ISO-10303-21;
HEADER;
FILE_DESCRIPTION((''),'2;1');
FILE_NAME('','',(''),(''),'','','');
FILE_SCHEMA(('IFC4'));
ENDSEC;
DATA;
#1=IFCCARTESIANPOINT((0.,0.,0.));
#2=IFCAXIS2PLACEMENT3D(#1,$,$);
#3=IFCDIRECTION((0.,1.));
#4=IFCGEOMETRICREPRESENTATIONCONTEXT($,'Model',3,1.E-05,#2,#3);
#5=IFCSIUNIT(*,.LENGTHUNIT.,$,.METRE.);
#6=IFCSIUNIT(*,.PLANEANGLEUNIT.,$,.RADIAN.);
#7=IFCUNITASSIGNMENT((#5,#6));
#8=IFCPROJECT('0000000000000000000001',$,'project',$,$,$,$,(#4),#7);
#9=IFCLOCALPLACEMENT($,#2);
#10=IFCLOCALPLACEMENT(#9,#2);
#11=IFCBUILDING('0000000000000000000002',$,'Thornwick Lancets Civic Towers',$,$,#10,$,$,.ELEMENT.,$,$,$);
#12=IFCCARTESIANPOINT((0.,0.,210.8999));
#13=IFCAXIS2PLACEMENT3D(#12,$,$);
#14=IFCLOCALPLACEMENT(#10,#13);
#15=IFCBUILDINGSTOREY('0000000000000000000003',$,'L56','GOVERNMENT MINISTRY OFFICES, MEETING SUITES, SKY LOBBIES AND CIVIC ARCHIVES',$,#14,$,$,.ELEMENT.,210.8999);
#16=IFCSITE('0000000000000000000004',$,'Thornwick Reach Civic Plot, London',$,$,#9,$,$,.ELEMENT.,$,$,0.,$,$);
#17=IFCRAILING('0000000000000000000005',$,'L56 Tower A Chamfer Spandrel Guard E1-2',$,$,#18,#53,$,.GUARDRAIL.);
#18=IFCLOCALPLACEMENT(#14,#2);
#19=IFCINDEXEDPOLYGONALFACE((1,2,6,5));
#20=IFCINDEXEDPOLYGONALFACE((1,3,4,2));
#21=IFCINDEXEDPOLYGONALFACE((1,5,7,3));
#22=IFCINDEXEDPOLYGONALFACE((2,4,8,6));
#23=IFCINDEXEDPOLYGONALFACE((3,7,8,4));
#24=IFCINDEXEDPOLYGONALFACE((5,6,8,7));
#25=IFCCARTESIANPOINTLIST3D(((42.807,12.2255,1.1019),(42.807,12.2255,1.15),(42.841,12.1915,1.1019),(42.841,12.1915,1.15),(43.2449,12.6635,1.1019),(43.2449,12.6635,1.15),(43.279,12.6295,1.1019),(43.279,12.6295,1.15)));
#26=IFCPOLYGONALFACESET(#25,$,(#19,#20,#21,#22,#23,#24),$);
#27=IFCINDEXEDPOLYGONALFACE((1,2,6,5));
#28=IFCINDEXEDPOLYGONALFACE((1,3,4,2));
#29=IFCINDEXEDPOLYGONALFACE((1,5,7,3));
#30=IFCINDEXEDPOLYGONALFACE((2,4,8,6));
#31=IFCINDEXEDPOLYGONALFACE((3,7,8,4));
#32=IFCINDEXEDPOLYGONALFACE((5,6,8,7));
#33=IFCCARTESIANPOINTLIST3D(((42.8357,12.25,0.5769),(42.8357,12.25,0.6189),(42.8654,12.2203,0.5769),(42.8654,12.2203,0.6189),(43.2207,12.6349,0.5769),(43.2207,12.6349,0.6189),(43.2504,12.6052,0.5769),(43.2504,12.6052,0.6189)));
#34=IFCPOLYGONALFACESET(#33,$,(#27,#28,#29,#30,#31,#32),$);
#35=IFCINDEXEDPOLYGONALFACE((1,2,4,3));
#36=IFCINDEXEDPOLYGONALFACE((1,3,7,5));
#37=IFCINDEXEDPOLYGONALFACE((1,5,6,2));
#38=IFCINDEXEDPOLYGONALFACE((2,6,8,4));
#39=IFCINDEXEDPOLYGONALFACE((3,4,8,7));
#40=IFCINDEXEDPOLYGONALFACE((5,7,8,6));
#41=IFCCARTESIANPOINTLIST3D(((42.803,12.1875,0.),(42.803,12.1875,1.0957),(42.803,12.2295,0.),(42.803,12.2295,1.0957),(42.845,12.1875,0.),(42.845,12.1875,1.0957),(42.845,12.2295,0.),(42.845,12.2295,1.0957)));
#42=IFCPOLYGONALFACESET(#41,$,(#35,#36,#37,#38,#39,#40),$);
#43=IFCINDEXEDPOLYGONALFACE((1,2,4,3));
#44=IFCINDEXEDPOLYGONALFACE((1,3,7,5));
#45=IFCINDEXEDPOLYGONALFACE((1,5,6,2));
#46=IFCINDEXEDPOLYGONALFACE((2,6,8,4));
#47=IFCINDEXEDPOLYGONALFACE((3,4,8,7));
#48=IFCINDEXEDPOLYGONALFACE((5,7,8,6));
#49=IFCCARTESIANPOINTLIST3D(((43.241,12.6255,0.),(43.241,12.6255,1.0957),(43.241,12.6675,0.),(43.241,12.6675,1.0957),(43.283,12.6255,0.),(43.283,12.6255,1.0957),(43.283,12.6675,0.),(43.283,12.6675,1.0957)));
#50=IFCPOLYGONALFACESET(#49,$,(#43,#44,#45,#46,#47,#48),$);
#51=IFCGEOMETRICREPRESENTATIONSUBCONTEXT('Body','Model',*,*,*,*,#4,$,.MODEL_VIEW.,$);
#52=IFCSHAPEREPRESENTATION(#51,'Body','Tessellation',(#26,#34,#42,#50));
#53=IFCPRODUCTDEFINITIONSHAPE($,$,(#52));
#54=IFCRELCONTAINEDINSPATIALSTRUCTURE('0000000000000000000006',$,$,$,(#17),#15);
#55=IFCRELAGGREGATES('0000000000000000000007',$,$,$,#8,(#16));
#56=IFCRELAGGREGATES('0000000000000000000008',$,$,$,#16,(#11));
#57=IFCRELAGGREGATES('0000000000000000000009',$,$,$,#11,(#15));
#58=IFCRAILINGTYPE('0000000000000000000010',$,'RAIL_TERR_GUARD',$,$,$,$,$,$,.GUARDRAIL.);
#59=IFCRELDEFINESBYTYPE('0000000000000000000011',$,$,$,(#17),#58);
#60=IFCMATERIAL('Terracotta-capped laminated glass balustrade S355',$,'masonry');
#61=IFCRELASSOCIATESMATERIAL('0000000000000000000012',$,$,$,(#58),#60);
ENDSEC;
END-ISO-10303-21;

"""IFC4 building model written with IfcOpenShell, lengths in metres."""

from ifc_helpers import new_model, si_unit, direction, frame, origin, origin_2d, place, context, subcontext, project, spatial, rectangle, extrude, material, type_object, element, save


model = new_model("IFC4")

# Units and contexts
model_context = context("Model", 3, precision=1e-05, world=origin(), true_north=direction((0.0, 1.0)))
body_context = subcontext(model_context, "Body", "Model", "MODEL_VIEW")
ifc_project = project(units=[si_unit("LENGTHUNIT", "METRE"), si_unit("PLANEANGLEUNIT", "RADIAN")], contexts=[model_context])

# Site, building, storey
site_placement = place(None, origin())
site = spatial("IfcSite", under=ifc_project, at=site_placement, Name="Thornwick Reach Civic Plot, London", CompositionType="ELEMENT", RefElevation=0.0)
building_placement = place(site_placement, origin())
building = spatial("IfcBuilding", under=site, at=building_placement, Name="Thornwick Lancets Civic Towers", CompositionType="ELEMENT")
storey_placement = place(building_placement, frame((0.0, 0.0, 210.8999)))
storey = spatial("IfcBuildingStorey", under=building, at=storey_placement, Name="L56", Description="GOVERNMENT MINISTRY OFFICES, MEETING SUITES, SKY LOBBIES AND CIVIC ARCHIVES", CompositionType="ELEMENT", Elevation=210.8999)

# Railing
ifc_material_1 = material(Name="Terracotta-capped laminated glass balustrade S355", Category="masonry")
railing_type = type_object("IfcRailingType", Name="RAIL_TERR_GUARD", PredefinedType="GUARDRAIL", material=ifc_material_1)
for number, where, name in (
    (1, (42.824, 12.2085, 0.0), "L56 Tower A Chamfer Spandrel Guard E1-2"),
):
    element("IfcRailing", number, at=place(storey_placement, frame(where)), inside=storey, type_object=railing_type, Name=name, PredefinedType="GUARDRAIL", context=body_context, shape_type="SweptSolid", body=[
        extrude(rectangle(XDim=0.0481, YDim=0.0481, at=origin_2d()), frame((0.0, 0.0, 1.126), z_axis=(0.707107, 0.707107, 0.0), x_axis=(-0.707107, 0.707107, 0.0)), (0.0, 0.0, 1.0), 0.6194),
        extrude(rectangle(XDim=0.042, YDim=0.042, at=origin_2d()), frame((0.0266, 0.0266, 0.5979), z_axis=(0.707107, 0.707107, 0.0), x_axis=(-0.707107, 0.707107, 0.0)), (0.0, 0.0, 1.0), 0.5444),
        extrude(rectangle(XDim=0.042, YDim=0.042, at=origin_2d()), origin(), (0.0, 0.0, 1.0), 1.0957),
        extrude(rectangle(XDim=0.042, YDim=0.042, at=origin_2d()), frame((0.438, 0.438, 0.0)), (0.0, 0.0, 1.0), 1.0957),
    ])

save(model, "model.ifc")
